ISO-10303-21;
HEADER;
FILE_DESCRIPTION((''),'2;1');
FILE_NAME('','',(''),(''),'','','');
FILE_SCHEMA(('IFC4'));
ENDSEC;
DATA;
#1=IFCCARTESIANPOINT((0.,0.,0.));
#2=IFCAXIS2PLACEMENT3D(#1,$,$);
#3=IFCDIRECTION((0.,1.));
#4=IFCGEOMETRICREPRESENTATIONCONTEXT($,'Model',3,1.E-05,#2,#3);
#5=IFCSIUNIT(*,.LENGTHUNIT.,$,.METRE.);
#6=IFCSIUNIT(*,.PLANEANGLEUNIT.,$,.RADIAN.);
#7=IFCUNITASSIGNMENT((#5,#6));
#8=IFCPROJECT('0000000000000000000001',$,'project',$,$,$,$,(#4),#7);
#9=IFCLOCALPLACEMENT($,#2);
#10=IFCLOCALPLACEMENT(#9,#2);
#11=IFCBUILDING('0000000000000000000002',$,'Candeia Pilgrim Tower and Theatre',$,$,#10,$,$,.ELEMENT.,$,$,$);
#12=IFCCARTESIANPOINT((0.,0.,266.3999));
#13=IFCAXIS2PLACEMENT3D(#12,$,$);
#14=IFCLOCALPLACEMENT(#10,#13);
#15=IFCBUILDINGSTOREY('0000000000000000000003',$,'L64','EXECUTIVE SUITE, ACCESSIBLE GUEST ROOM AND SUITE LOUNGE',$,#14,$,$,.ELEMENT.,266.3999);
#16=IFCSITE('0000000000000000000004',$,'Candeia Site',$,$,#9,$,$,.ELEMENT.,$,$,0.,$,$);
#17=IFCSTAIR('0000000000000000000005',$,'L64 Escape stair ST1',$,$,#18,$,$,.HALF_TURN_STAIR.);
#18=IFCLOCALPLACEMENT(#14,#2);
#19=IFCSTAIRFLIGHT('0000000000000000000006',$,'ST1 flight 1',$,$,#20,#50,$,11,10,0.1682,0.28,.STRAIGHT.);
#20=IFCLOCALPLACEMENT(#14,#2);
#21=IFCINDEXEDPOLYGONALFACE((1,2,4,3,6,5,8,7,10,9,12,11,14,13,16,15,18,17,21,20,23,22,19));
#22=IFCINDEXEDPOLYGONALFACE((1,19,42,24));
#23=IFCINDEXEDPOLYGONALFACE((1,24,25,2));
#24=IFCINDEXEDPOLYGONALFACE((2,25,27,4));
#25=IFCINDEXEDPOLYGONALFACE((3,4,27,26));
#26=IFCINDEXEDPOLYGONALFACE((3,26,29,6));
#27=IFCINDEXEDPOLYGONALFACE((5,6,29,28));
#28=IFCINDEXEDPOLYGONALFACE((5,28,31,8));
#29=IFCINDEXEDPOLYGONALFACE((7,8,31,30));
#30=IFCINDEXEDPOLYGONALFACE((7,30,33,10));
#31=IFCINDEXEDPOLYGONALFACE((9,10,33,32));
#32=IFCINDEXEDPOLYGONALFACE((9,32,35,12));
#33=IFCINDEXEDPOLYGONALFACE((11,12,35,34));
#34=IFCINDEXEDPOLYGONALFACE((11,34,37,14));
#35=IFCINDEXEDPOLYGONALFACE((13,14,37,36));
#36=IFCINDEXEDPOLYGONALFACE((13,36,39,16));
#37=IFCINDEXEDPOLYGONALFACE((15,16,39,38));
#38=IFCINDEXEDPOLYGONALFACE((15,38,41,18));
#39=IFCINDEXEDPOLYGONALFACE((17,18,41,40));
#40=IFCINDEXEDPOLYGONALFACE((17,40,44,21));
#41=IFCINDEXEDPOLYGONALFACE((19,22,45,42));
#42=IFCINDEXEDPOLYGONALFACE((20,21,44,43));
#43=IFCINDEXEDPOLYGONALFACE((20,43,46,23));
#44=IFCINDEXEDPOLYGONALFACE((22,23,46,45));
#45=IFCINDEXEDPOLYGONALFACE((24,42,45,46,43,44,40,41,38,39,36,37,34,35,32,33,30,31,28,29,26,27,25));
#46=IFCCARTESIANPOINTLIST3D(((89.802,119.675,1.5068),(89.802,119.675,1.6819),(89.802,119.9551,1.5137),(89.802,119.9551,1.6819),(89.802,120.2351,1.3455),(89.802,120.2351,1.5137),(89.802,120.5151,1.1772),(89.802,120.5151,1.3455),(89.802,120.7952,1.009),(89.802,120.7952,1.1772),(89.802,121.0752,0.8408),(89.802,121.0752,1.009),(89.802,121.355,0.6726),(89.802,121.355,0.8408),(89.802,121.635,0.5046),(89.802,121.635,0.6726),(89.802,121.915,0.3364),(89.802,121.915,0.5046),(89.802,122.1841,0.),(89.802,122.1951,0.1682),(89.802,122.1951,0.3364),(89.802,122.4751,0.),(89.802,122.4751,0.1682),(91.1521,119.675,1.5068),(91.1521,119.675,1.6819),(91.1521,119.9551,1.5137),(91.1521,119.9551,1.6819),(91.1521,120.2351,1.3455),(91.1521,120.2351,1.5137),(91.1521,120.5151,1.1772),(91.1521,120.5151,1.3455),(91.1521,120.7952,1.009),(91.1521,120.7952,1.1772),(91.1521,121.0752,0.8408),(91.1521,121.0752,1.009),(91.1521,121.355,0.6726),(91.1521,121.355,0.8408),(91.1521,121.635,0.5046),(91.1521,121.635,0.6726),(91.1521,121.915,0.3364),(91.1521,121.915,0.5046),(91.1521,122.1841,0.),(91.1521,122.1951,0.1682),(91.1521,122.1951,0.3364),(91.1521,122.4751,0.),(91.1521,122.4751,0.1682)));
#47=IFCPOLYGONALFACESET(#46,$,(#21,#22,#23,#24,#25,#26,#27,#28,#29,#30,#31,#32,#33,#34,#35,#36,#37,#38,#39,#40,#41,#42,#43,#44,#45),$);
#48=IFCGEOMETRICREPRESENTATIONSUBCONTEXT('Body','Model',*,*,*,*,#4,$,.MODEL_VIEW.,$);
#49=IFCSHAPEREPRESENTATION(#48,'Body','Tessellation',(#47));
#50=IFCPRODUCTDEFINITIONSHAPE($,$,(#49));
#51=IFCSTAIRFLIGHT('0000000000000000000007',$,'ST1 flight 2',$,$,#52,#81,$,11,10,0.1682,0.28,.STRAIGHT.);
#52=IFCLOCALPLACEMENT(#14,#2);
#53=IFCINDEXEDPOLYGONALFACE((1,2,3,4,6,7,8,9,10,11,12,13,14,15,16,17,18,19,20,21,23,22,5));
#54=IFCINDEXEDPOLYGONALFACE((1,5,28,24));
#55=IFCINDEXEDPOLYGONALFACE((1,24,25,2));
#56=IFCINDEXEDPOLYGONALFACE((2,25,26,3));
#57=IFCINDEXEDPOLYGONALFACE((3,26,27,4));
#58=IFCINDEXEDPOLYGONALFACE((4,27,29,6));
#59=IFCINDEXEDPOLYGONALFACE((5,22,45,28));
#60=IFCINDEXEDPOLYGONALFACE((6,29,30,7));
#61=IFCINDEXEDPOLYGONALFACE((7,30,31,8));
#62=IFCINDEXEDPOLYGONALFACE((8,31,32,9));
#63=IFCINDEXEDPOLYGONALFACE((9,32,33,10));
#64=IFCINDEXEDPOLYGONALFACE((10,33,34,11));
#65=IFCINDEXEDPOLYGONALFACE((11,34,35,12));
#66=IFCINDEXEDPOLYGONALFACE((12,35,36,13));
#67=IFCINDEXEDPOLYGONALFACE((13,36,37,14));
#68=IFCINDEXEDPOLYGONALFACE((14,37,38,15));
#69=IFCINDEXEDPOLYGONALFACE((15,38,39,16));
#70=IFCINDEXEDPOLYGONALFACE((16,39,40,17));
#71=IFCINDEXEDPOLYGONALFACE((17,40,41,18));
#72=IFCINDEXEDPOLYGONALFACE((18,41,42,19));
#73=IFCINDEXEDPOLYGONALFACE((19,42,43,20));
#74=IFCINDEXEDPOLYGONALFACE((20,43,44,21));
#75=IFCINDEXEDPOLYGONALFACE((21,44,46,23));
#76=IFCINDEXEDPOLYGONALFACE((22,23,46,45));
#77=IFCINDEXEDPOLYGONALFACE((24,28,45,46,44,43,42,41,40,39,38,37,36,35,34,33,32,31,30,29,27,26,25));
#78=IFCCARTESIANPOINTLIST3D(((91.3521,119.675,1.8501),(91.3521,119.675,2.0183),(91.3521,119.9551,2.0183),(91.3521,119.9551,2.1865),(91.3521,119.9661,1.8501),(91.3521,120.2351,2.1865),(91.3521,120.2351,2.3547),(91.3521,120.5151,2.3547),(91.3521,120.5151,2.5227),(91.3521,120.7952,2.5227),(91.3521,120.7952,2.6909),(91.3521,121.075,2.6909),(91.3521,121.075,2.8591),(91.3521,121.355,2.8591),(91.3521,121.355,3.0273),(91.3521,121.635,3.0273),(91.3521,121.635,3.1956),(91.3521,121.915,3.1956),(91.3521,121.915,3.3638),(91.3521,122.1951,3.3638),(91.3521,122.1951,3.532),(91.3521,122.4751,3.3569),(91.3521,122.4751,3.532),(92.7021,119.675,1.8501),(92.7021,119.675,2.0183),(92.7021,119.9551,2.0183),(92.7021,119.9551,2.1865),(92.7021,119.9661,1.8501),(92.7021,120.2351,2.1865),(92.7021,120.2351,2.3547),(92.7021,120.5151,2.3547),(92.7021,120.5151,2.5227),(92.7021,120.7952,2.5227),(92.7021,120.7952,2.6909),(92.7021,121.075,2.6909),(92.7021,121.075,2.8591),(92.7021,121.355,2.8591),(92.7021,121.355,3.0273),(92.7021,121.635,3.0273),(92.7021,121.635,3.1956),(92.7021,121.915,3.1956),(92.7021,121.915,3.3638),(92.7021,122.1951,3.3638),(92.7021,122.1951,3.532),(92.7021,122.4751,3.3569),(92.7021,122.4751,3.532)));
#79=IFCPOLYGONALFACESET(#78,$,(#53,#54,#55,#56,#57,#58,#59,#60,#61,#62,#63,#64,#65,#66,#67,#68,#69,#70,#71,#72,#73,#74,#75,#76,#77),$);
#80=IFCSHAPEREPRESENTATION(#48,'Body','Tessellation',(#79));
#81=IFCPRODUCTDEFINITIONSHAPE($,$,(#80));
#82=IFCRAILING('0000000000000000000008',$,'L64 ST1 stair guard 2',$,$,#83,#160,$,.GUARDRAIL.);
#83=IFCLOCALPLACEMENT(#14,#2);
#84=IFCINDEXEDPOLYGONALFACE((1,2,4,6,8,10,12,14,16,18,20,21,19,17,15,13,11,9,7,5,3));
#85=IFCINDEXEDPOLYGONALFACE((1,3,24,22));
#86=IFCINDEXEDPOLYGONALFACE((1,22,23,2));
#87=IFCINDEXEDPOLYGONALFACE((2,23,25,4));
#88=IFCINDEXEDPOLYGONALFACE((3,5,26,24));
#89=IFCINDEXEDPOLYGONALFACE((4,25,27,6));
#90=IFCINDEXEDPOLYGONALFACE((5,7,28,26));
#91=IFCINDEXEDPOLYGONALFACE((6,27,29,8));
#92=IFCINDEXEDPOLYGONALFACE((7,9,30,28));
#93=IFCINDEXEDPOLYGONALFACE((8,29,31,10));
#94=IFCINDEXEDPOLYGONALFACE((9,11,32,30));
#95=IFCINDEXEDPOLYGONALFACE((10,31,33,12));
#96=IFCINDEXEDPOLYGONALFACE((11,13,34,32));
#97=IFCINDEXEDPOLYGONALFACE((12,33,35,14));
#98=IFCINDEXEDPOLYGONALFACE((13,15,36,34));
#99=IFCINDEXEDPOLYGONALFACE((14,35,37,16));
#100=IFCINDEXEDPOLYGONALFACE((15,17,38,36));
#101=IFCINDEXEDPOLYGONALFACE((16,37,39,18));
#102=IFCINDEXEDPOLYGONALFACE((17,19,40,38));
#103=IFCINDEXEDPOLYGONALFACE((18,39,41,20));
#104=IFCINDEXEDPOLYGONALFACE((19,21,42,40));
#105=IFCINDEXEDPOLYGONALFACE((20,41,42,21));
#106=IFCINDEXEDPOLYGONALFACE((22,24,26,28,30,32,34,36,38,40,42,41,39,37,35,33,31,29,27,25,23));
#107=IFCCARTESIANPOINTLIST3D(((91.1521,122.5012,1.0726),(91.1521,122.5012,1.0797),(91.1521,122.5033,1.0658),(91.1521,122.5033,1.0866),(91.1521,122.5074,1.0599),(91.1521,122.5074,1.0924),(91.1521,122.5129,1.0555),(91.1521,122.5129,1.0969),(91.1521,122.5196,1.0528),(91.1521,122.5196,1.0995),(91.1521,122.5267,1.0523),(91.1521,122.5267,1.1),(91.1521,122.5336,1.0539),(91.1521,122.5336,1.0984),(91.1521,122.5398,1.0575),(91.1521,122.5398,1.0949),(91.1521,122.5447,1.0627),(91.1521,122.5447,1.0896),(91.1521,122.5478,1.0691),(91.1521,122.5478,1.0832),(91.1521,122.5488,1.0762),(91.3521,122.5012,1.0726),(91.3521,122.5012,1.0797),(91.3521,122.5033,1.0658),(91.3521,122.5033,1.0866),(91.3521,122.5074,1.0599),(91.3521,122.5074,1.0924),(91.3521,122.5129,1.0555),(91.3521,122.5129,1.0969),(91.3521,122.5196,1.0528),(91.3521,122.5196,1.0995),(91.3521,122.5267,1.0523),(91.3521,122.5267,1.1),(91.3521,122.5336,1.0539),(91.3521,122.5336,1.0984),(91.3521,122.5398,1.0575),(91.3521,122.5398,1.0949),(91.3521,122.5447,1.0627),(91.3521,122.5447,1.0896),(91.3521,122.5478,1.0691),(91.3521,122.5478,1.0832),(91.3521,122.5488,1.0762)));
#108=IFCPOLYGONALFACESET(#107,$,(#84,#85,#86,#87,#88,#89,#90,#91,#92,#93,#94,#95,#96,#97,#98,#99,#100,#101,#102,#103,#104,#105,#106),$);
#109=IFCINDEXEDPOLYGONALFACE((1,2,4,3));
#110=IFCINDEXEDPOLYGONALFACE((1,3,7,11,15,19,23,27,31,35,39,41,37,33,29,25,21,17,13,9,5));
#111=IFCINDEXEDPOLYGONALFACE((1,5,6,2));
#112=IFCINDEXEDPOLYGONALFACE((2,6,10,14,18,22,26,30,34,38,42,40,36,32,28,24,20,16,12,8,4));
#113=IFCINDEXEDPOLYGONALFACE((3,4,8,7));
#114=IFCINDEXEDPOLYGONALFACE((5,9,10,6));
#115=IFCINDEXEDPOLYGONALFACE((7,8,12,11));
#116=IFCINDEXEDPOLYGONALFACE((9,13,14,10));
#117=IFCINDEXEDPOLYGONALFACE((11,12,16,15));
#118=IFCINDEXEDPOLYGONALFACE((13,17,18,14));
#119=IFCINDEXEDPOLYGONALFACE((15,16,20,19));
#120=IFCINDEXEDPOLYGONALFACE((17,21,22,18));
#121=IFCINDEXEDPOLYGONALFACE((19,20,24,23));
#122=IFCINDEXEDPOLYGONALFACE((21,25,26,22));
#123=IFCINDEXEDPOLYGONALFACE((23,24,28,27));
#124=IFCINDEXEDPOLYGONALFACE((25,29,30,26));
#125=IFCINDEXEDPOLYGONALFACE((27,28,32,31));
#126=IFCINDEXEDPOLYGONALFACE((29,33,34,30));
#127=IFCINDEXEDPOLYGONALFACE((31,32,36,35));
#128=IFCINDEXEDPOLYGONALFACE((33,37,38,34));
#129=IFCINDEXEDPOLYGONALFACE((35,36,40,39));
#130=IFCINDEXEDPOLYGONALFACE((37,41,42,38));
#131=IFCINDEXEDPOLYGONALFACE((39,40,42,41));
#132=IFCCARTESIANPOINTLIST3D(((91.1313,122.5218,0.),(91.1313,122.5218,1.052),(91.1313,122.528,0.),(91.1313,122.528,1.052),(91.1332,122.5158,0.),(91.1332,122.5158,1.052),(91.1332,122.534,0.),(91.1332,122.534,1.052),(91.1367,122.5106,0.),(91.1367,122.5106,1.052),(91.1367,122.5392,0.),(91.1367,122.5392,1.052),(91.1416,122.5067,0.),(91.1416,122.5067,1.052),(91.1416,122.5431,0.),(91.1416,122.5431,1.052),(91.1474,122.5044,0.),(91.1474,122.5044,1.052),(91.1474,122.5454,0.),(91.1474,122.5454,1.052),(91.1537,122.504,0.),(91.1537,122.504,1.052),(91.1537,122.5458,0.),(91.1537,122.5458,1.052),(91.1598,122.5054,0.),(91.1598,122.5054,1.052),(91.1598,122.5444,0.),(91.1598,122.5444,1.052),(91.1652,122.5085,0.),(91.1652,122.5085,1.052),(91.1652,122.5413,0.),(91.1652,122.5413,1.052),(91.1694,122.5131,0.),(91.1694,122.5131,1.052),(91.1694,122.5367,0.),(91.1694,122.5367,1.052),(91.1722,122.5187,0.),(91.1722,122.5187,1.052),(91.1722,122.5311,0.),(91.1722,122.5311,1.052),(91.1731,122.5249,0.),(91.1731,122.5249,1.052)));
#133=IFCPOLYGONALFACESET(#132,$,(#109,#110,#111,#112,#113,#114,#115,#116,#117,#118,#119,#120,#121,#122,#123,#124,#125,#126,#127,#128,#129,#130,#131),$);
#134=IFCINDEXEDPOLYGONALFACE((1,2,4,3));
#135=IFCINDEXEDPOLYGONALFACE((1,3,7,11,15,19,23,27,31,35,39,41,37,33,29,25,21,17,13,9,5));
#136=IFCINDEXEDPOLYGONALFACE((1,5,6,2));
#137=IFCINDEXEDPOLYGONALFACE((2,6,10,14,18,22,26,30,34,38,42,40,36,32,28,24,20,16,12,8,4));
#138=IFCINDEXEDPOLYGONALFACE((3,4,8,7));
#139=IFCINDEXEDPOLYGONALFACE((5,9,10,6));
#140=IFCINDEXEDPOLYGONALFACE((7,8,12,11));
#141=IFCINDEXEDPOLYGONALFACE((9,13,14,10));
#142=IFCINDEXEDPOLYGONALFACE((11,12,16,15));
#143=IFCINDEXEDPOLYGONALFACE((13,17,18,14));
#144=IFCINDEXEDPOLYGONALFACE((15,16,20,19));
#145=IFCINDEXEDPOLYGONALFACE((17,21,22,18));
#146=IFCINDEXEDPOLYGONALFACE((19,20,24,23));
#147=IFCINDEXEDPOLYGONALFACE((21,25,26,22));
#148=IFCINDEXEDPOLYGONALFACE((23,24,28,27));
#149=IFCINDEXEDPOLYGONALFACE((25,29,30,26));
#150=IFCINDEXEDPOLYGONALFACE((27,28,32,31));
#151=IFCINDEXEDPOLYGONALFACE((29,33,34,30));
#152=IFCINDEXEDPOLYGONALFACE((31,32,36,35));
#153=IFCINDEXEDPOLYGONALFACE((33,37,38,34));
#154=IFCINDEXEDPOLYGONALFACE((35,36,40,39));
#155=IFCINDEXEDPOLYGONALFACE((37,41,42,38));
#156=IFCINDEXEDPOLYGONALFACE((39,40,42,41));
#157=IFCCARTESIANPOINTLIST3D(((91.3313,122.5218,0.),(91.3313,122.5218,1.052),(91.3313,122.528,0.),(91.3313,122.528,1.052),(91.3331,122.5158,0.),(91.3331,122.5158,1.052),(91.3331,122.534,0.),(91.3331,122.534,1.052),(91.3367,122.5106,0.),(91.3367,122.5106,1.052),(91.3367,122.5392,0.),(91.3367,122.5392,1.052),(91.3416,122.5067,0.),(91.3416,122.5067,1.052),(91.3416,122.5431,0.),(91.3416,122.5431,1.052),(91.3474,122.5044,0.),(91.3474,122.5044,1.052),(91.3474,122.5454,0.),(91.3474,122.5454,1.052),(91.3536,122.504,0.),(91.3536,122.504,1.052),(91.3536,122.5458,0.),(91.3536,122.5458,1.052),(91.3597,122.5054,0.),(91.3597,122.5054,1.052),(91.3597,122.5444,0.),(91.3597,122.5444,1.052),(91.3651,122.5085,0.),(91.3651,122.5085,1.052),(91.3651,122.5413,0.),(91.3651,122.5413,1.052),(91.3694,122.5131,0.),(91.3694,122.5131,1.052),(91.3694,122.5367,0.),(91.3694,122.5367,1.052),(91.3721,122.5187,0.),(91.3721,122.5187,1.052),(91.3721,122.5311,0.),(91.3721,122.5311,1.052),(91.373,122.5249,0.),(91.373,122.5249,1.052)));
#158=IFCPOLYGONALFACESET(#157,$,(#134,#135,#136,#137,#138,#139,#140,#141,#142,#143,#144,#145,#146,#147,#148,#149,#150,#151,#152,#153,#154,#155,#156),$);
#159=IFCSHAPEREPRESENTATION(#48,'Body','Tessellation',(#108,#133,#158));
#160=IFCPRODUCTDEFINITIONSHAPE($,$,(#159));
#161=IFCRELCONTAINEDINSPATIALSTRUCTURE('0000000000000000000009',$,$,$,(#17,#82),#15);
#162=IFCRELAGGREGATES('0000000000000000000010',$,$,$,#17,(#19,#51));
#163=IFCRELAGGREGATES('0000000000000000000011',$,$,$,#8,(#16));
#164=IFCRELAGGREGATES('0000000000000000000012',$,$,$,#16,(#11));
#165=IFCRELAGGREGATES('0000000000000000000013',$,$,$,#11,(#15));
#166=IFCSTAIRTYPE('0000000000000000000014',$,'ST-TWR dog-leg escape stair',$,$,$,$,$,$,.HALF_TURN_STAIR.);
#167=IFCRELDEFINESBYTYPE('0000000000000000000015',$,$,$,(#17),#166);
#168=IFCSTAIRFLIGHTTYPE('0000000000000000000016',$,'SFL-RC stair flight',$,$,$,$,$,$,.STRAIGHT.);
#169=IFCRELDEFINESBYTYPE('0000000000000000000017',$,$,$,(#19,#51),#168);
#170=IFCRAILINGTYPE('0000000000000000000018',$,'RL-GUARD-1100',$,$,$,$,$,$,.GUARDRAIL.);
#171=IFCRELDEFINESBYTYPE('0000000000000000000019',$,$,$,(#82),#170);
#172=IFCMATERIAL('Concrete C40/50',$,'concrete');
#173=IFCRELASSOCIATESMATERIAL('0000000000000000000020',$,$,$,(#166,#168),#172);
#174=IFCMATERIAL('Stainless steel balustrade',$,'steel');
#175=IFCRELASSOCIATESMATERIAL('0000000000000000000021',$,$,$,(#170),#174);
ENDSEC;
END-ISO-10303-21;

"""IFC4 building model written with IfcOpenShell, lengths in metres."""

from ifc_helpers import new_model, si_unit, direction, frame, origin, origin_2d, place, context, subcontext, project, spatial, polyline, circle, outline, extrude, material, type_object, element, aggregate, save


model = new_model("IFC4")

# Units and contexts
model_context = context("Model", 3, precision=1e-05, world=origin(), true_north=direction((0.0, 1.0)))
body_context = subcontext(model_context, "Body", "Model", "MODEL_VIEW")
ifc_project = project(units=[si_unit("LENGTHUNIT", "METRE"), si_unit("PLANEANGLEUNIT", "RADIAN")], contexts=[model_context])

# Site, building, storey
site_placement = place(None, origin())
site = spatial("IfcSite", under=ifc_project, at=site_placement, Name="Candeia Site", CompositionType="ELEMENT", RefElevation=0.0)
building_placement = place(site_placement, origin())
building = spatial("IfcBuilding", under=site, at=building_placement, Name="Candeia Pilgrim Tower and Theatre", CompositionType="ELEMENT")
storey_placement = place(building_placement, frame((0.0, 0.0, 266.3999)))
storey = spatial("IfcBuildingStorey", under=building, at=storey_placement, Name="L64", Description="EXECUTIVE SUITE, ACCESSIBLE GUEST ROOM AND SUITE LOUNGE", CompositionType="ELEMENT", Elevation=266.3999)

# Shared definitions
ifc_material_1 = material(Name="Concrete C40/50", Category="concrete")

# Stair, stair flights
stair_type = type_object("IfcStairType", Name="ST-TWR dog-leg escape stair", PredefinedType="HALF_TURN_STAIR", material=ifc_material_1)
stair_placement = place(storey_placement, origin())
stair = element("IfcStair", 1, at=stair_placement, inside=storey, type_object=stair_type, Name="L64 Escape stair ST1", PredefinedType="HALF_TURN_STAIR")
stair_flight_type = type_object("IfcStairFlightType", Name="SFL-RC stair flight", PredefinedType="STRAIGHT", material=ifc_material_1)
stair_flight_1_placement = place(storey_placement, frame((90.4771, 122.4751, 0.0), z_axis=(0.0, 0.0, 1.0), x_axis=(0.0, -1.0, 0.0)))
stair_flight_1 = element("IfcStairFlight", 2, at=stair_flight_1_placement, type_object=stair_flight_type, Name="ST1 flight 1", NumberOfRisers=11, NumberOfTreads=10, PredefinedType="STRAIGHT", RiserHeight=0.1682, TreadLength=0.28, context=body_context, shape_type="SweptSolid", body=[
    extrude(outline(polyline([(0.0, 0.0), (0.0, 0.1682), (0.28, 0.1682), (0.28, 0.3364), (0.5601, 0.3364), (0.5601, 0.5046), (0.8401, 0.5046), (0.8401, 0.6726), (1.1201, 0.6726), (1.1201, 0.8408), (1.3999, 0.8408), (1.3999, 1.009), (1.6799, 1.009), (1.6799, 1.1772), (1.96, 1.1772), (1.96, 1.3455), (2.24, 1.3455), (2.24, 1.5137), (2.52, 1.5137), (2.52, 1.6819), (2.8, 1.6819), (2.8, 1.8501), (2.8, 1.5068), (0.291, 0.0), (0.0, 0.0)])), frame((0.0, 0.675, 0.0), z_axis=(0.0, -1.0, 0.0), x_axis=(1.0, 0.0, 0.0)), (0.0, 0.0, 1.0), 1.3501),
])
stair_flight_2_placement = place(storey_placement, frame((92.0271, 119.675, 1.8501), z_axis=(0.0, 0.0, 1.0), x_axis=(0.0, 1.0, 0.0)))
stair_flight_2 = element("IfcStairFlight", 3, at=stair_flight_2_placement, type_object=stair_flight_type, Name="ST1 flight 2", NumberOfRisers=11, NumberOfTreads=10, PredefinedType="STRAIGHT", RiserHeight=0.1682, TreadLength=0.28, context=body_context, shape_type="SweptSolid", body=[
    extrude(outline(polyline([(0.0, 0.0), (0.0, 0.1682), (0.28, 0.1682), (0.28, 0.3364), (0.5601, 0.3364), (0.5601, 0.5046), (0.8401, 0.5046), (0.8401, 0.6726), (1.1201, 0.6726), (1.1201, 0.8408), (1.3999, 0.8408), (1.3999, 1.009), (1.6799, 1.009), (1.6799, 1.1772), (1.96, 1.1772), (1.96, 1.3455), (2.24, 1.3455), (2.24, 1.5137), (2.52, 1.5137), (2.52, 1.6819), (2.8, 1.6819), (2.8, 1.8501), (2.8, 1.5068), (0.291, 0.0), (0.0, 0.0)])), frame((0.0, 0.675, 0.0), z_axis=(0.0, -1.0, 0.0), x_axis=(1.0, 0.0, 0.0)), (0.0, 0.0, 1.0), 1.3501),
])
aggregate(stair, [stair_flight_1, stair_flight_2])

# Railing
ifc_material_2 = material(Name="Stainless steel balustrade", Category="steel")
railing_type_1 = type_object("IfcRailingType", Name="RL-GUARD-1100", PredefinedType="GUARDRAIL", material=ifc_material_2)
railing_1_placement = place(storey_placement, frame((91.1521, 122.5249, 0.0)))
element("IfcRailing", 4, at=railing_1_placement, inside=storey, type_object=railing_type_1, Name="L64 ST1 stair guard 2", PredefinedType="GUARDRAIL", context=body_context, shape_type="SweptSolid", body=[
    extrude(circle(Radius=0.0239, at=origin_2d()), frame((0.0, 0.0, 1.0762), z_axis=(1.0, 0.0, 0.0), x_axis=(0.0, 1.0, 0.0)), (0.0, 0.0, 1.0), 0.2),
    extrude(circle(Radius=0.021, at=origin_2d()), origin(), (0.0, 0.0, 1.0), 1.052),
    extrude(circle(Radius=0.021, at=origin_2d()), frame((0.2, 0.0, 0.0)), (0.0, 0.0, 1.0), 1.052),
])

save(model, "model.ifc")
